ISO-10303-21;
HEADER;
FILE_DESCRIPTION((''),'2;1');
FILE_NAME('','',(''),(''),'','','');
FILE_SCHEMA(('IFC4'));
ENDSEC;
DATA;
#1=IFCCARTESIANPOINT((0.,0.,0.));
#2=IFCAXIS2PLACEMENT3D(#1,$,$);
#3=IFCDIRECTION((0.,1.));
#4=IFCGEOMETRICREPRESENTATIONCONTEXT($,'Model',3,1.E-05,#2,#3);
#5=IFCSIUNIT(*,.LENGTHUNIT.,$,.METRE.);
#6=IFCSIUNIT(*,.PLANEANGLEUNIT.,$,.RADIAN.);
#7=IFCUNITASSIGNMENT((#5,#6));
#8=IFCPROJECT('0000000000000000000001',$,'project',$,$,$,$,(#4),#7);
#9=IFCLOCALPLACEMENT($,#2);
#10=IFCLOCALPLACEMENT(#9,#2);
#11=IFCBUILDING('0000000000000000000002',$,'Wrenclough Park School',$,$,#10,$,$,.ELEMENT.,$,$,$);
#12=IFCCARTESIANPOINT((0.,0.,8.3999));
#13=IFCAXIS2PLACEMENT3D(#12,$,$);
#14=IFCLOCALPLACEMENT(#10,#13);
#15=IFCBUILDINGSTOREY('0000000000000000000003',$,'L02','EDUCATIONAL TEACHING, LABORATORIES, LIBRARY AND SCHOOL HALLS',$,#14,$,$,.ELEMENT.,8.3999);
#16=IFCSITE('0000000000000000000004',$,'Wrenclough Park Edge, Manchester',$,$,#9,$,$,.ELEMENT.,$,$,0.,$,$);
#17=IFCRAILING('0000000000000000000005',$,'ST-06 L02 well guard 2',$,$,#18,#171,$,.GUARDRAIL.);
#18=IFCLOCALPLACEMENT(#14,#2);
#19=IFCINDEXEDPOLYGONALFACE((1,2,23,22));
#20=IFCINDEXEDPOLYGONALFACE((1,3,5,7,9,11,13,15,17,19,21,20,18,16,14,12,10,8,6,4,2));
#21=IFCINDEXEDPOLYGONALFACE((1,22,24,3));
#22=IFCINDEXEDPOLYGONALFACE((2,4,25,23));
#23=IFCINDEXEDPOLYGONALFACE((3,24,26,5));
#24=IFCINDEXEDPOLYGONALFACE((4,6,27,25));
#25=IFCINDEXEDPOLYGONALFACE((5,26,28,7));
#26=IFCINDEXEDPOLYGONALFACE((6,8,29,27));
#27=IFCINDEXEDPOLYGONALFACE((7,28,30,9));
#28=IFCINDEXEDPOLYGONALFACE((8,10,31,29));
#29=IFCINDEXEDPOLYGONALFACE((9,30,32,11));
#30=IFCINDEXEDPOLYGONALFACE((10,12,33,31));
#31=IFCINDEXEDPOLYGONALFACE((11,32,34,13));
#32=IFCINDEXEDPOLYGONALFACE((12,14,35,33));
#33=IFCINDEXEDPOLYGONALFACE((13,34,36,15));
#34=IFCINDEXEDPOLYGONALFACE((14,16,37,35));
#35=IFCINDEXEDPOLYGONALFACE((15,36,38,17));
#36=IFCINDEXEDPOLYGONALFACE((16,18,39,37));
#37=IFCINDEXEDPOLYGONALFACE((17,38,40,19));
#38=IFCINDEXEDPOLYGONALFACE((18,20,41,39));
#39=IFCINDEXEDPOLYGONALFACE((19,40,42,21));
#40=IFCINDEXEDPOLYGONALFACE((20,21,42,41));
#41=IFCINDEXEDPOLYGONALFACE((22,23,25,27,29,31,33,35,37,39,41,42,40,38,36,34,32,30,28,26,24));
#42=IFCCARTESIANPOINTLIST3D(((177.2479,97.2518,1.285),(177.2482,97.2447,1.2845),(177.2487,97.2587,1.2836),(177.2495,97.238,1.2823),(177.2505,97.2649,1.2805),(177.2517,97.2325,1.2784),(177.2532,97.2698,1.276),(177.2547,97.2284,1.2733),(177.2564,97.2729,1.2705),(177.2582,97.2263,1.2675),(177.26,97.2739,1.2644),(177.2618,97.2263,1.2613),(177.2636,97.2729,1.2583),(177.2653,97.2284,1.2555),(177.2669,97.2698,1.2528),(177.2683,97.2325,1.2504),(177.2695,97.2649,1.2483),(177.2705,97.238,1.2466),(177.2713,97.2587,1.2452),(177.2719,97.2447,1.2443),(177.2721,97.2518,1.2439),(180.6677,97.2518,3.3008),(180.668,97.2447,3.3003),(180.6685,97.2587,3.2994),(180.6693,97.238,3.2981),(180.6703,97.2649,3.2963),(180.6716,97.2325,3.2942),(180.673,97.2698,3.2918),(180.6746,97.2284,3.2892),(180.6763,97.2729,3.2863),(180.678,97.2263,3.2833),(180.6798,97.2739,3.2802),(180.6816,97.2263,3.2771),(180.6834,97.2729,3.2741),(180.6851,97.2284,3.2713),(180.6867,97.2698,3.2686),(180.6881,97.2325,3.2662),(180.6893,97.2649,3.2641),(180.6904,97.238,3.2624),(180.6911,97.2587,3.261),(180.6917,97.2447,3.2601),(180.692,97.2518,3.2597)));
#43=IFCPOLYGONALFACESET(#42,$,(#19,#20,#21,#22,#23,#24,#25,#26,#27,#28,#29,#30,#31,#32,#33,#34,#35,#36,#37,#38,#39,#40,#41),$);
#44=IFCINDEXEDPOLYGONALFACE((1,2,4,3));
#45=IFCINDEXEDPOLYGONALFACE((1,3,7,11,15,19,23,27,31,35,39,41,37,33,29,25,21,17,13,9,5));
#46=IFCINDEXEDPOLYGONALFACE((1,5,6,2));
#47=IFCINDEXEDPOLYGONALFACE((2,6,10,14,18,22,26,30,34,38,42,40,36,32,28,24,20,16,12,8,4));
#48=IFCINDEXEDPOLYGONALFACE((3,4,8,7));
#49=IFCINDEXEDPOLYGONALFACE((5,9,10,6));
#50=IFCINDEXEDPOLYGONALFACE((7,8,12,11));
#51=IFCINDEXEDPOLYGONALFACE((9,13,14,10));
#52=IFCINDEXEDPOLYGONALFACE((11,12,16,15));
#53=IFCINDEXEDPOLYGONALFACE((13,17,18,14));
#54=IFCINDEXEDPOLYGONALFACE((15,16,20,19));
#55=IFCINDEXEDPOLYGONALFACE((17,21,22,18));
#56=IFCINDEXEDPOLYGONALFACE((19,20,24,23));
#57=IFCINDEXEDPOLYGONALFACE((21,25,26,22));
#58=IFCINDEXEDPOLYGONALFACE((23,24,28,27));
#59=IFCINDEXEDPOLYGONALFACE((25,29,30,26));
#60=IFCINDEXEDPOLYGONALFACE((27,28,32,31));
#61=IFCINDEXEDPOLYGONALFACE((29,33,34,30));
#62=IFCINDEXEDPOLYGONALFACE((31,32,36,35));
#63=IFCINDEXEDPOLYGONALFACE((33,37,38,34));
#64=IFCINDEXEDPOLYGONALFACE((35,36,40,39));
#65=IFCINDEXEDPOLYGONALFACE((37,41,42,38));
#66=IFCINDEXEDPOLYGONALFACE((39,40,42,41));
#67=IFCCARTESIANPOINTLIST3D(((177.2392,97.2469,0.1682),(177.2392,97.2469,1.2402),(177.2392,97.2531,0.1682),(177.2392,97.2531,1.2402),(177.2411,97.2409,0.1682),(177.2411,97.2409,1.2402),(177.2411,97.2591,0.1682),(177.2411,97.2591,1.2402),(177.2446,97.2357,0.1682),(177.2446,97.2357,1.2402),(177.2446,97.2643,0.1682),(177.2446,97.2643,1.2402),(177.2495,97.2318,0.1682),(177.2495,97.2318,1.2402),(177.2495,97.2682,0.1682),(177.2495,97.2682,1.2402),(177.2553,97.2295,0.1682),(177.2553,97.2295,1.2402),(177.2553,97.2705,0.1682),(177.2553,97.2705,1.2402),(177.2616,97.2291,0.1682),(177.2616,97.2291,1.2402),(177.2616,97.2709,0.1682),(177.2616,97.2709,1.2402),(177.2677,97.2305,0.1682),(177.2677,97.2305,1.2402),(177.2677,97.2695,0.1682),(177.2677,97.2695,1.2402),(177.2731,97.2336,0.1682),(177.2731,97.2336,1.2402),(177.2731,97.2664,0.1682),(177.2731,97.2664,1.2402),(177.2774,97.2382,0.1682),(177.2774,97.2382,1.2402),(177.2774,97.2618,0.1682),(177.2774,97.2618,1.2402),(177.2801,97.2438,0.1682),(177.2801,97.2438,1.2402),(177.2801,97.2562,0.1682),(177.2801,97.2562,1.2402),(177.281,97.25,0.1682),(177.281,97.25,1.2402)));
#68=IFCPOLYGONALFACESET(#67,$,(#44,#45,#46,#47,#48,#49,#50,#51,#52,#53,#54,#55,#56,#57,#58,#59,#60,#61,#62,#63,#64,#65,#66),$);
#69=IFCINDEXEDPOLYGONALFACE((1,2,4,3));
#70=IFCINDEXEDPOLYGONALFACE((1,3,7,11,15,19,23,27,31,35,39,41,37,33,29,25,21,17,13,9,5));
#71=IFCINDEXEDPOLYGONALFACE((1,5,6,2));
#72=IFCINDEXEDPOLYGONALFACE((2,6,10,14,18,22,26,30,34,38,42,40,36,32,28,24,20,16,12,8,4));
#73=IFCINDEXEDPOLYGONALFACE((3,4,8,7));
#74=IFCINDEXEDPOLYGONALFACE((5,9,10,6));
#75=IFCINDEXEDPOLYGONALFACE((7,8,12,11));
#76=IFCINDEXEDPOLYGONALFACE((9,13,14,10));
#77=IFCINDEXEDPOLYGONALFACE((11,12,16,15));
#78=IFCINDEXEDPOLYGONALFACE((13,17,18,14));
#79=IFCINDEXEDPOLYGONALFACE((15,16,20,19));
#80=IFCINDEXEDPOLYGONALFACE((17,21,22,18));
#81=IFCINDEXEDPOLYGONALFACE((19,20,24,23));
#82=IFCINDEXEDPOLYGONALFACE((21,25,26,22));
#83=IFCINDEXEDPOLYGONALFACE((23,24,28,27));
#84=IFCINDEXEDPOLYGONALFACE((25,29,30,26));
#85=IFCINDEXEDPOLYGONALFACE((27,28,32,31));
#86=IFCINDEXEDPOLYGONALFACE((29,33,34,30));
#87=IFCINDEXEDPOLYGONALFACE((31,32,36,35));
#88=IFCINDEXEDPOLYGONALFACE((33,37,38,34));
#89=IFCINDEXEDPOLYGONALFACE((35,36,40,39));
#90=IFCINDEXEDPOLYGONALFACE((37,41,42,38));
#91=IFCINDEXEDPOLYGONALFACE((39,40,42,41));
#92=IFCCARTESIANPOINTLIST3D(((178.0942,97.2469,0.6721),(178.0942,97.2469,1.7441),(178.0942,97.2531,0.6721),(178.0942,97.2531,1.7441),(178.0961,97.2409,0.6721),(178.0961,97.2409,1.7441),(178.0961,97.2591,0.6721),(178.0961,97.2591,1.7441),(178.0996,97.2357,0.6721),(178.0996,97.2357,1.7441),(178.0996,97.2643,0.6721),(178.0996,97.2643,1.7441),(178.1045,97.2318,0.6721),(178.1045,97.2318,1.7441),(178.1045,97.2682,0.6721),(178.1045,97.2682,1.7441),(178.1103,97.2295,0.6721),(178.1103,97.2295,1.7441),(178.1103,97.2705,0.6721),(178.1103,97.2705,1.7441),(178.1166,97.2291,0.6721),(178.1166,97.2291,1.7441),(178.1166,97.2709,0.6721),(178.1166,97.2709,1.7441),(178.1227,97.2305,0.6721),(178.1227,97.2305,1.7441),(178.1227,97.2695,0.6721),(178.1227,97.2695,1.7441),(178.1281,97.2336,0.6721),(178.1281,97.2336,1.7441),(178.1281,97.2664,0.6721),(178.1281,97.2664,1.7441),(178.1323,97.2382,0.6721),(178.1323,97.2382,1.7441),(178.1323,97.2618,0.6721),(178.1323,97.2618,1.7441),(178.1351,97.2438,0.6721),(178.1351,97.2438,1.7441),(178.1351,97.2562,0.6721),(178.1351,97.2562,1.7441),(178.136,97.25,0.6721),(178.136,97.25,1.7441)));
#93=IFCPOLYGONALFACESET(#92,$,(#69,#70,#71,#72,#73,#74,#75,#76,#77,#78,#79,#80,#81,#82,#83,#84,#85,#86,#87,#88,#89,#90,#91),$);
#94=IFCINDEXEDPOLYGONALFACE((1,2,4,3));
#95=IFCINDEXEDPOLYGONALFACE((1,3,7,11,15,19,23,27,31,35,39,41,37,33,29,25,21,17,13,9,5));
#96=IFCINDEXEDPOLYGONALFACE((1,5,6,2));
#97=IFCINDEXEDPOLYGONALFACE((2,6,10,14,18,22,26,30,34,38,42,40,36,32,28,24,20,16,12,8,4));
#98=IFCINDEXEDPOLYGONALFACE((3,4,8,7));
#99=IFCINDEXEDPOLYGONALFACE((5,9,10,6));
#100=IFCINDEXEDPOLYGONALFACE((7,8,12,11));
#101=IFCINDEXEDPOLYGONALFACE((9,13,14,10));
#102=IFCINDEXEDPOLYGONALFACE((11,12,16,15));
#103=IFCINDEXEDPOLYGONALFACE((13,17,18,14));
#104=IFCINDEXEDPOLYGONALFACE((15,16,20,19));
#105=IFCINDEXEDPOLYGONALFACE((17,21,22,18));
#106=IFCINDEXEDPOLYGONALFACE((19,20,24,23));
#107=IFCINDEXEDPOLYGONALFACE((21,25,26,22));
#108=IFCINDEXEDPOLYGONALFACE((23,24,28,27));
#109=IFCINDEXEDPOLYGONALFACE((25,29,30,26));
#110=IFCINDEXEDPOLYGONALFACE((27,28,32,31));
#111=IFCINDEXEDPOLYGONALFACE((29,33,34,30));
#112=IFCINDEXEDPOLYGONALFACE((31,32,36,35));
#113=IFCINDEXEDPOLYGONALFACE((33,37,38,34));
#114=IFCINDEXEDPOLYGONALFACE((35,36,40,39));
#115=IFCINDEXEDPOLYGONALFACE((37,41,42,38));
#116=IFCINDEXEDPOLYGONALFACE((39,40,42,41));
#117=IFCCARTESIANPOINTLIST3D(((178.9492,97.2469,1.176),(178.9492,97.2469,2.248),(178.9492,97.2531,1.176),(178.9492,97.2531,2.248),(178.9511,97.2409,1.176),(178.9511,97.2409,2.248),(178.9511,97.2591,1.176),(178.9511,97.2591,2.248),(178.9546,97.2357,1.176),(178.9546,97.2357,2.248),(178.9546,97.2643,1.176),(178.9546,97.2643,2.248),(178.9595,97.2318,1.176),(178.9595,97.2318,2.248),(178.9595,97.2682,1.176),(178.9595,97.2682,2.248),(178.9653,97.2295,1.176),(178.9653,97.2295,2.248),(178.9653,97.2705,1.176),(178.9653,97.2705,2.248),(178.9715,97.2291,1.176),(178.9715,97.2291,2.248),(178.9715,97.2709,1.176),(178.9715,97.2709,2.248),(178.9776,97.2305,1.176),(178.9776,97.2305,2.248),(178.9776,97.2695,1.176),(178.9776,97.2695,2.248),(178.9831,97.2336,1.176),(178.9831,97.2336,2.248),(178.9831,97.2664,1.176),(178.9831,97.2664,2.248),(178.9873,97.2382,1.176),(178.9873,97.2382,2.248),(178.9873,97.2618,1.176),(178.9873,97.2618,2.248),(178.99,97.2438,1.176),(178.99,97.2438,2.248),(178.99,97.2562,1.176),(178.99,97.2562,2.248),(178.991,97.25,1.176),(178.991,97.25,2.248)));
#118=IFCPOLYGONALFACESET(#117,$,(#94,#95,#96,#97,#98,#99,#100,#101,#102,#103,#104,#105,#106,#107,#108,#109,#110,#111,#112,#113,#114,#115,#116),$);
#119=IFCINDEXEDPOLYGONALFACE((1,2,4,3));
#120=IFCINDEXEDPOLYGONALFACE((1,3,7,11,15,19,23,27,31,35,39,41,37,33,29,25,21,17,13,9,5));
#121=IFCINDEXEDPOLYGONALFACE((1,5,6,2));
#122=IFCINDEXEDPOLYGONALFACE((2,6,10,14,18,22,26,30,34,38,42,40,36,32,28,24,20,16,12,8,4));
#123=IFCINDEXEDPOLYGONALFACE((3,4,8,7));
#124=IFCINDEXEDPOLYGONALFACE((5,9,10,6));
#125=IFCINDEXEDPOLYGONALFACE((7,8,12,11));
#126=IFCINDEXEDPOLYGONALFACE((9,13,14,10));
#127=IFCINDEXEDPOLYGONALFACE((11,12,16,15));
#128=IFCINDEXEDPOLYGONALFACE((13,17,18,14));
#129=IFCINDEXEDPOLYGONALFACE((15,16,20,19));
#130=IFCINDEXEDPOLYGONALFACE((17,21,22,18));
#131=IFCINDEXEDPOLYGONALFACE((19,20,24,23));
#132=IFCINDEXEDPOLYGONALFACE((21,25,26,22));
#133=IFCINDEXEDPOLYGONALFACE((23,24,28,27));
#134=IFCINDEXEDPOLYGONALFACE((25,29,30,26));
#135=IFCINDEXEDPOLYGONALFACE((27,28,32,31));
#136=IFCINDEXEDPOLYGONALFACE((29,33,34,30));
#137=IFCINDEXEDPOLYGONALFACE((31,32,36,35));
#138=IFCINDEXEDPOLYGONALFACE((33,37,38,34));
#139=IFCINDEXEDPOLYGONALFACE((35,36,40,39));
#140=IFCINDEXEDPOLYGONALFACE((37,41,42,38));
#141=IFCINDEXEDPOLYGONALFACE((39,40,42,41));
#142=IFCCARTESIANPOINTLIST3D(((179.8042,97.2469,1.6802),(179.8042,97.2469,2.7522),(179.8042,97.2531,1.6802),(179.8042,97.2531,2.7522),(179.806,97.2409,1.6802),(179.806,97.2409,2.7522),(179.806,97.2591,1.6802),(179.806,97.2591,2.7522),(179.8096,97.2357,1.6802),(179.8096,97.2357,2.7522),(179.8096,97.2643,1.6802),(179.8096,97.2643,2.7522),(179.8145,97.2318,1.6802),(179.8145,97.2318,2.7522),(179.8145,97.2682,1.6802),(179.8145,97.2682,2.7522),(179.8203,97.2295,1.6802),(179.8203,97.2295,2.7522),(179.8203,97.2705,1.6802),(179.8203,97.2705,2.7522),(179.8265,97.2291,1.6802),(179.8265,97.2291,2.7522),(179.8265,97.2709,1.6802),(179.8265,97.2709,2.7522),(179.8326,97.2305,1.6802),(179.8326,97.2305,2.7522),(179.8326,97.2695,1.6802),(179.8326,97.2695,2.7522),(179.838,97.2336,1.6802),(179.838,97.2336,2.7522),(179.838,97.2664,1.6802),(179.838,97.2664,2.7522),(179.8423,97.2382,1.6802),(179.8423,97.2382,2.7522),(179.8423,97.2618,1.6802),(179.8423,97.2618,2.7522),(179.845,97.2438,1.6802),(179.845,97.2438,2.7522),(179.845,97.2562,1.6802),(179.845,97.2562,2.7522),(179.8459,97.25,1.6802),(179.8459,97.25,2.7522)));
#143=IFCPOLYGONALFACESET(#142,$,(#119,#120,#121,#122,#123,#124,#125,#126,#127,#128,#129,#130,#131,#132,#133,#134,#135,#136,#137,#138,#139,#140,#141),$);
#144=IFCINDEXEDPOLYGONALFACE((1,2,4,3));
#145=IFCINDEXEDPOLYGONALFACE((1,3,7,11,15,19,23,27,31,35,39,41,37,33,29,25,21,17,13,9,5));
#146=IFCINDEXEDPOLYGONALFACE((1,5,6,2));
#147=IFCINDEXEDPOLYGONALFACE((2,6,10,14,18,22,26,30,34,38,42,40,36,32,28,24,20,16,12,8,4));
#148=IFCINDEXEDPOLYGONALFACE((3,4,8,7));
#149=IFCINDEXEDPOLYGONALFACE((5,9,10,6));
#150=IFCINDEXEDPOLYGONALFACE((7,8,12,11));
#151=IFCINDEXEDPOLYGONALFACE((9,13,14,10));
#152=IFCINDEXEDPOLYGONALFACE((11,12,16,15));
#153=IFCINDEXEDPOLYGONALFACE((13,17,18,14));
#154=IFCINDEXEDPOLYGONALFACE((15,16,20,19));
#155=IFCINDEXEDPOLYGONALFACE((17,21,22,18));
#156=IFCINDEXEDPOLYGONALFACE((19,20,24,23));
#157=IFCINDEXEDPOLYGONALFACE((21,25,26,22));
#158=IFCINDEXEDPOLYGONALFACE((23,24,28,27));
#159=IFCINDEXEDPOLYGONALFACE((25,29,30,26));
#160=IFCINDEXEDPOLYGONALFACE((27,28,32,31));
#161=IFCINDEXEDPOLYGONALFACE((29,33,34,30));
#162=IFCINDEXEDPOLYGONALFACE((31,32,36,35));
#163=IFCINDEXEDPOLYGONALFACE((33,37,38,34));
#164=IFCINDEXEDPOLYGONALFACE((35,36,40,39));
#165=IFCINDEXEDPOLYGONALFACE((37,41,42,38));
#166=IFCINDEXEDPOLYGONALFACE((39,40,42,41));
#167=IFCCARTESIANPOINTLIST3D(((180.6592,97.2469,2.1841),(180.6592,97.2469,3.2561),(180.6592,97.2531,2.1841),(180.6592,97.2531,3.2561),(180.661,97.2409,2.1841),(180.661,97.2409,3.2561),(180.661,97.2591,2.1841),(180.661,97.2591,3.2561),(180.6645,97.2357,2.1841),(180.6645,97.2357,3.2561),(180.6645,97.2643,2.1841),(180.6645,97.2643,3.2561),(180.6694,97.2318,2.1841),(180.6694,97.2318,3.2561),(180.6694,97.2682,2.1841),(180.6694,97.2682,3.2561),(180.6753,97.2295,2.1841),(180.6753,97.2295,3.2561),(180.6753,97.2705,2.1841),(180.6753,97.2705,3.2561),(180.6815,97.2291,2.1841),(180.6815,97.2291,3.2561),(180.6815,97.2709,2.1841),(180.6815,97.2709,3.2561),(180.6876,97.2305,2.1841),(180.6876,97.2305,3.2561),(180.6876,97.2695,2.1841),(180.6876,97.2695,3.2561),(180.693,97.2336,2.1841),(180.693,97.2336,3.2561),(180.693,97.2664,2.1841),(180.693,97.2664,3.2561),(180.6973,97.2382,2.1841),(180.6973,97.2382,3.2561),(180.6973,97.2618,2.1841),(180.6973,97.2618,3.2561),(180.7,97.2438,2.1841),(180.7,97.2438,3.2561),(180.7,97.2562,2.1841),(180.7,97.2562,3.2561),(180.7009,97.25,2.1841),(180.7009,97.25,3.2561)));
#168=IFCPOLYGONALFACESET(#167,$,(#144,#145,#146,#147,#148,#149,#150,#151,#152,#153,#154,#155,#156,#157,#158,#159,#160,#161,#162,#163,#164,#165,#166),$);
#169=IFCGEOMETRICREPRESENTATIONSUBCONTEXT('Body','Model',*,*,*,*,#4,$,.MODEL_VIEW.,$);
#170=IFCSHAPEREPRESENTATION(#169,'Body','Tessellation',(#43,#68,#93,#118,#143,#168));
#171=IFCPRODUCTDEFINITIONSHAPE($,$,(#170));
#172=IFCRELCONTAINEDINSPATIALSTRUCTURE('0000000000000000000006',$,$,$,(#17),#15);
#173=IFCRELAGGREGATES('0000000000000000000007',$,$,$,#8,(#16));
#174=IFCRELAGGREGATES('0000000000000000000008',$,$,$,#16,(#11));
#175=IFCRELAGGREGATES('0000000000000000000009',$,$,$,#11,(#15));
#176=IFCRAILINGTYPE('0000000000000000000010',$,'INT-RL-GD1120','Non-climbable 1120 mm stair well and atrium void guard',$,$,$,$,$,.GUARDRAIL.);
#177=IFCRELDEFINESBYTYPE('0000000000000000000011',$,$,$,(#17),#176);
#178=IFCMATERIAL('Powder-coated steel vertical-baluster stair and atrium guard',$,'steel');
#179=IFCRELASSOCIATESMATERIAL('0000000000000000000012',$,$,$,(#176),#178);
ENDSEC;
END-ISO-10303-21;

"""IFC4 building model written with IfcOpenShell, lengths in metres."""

from ifc_helpers import new_model, si_unit, direction, frame, origin, origin_2d, place, context, subcontext, project, spatial, circle, extrude, material, type_object, element, save


model = new_model("IFC4")

# Units and contexts
model_context = context("Model", 3, precision=1e-05, world=origin(), true_north=direction((0.0, 1.0)))
body_context = subcontext(model_context, "Body", "Model", "MODEL_VIEW")
ifc_project = project(units=[si_unit("LENGTHUNIT", "METRE"), si_unit("PLANEANGLEUNIT", "RADIAN")], contexts=[model_context])

# Site, building, storey
site_placement = place(None, origin())
site = spatial("IfcSite", under=ifc_project, at=site_placement, Name="Wrenclough Park Edge, Manchester", CompositionType="ELEMENT", RefElevation=0.0)
building_placement = place(site_placement, origin())
building = spatial("IfcBuilding", under=site, at=building_placement, Name="Wrenclough Park School", CompositionType="ELEMENT")
storey_placement = place(building_placement, frame((0.0, 0.0, 8.3999)))
storey = spatial("IfcBuildingStorey", under=building, at=storey_placement, Name="L02", Description="EDUCATIONAL TEACHING, LABORATORIES, LIBRARY AND SCHOOL HALLS", CompositionType="ELEMENT", Elevation=8.3999)

# Railing
ifc_material_1 = material(Name="Powder-coated steel vertical-baluster stair and atrium guard", Category="steel")
railing_type_1 = type_object("IfcRailingType", Name="INT-RL-GD1120", Description="Non-climbable 1120 mm stair well and atrium void guard", PredefinedType="GUARDRAIL", material=ifc_material_1)
railing_1_placement = place(storey_placement, frame((177.26, 97.25, 0.1682)))
element("IfcRailing", 1, at=railing_1_placement, inside=storey, type_object=railing_type_1, Name="ST-06 L02 well guard 2", PredefinedType="GUARDRAIL", context=body_context, shape_type="SweptSolid", body=[
    extrude(circle(Radius=0.0239, at=origin_2d()), frame((0.0, 0.0, 1.0962), z_axis=(0.861477, 0.0, 0.507797), x_axis=(0.0, 1.0, 0.0)), (0.0, 0.0, 1.0), 3.9697),
    extrude(circle(Radius=0.021, at=origin_2d()), origin(), (0.0, 0.0, 1.0), 1.072),
    extrude(circle(Radius=0.021, at=origin_2d()), frame((0.855, 0.0, 0.5039)), (0.0, 0.0, 1.0), 1.072),
    extrude(circle(Radius=0.021, at=origin_2d()), frame((1.71, 0.0, 1.0078)), (0.0, 0.0, 1.0), 1.072),
    extrude(circle(Radius=0.021, at=origin_2d()), frame((2.5649, 0.0, 1.512)), (0.0, 0.0, 1.0), 1.072),
    extrude(circle(Radius=0.021, at=origin_2d()), frame((3.4199, 0.0, 2.0159)), (0.0, 0.0, 1.0), 1.072),
])

save(model, "model.ifc")
